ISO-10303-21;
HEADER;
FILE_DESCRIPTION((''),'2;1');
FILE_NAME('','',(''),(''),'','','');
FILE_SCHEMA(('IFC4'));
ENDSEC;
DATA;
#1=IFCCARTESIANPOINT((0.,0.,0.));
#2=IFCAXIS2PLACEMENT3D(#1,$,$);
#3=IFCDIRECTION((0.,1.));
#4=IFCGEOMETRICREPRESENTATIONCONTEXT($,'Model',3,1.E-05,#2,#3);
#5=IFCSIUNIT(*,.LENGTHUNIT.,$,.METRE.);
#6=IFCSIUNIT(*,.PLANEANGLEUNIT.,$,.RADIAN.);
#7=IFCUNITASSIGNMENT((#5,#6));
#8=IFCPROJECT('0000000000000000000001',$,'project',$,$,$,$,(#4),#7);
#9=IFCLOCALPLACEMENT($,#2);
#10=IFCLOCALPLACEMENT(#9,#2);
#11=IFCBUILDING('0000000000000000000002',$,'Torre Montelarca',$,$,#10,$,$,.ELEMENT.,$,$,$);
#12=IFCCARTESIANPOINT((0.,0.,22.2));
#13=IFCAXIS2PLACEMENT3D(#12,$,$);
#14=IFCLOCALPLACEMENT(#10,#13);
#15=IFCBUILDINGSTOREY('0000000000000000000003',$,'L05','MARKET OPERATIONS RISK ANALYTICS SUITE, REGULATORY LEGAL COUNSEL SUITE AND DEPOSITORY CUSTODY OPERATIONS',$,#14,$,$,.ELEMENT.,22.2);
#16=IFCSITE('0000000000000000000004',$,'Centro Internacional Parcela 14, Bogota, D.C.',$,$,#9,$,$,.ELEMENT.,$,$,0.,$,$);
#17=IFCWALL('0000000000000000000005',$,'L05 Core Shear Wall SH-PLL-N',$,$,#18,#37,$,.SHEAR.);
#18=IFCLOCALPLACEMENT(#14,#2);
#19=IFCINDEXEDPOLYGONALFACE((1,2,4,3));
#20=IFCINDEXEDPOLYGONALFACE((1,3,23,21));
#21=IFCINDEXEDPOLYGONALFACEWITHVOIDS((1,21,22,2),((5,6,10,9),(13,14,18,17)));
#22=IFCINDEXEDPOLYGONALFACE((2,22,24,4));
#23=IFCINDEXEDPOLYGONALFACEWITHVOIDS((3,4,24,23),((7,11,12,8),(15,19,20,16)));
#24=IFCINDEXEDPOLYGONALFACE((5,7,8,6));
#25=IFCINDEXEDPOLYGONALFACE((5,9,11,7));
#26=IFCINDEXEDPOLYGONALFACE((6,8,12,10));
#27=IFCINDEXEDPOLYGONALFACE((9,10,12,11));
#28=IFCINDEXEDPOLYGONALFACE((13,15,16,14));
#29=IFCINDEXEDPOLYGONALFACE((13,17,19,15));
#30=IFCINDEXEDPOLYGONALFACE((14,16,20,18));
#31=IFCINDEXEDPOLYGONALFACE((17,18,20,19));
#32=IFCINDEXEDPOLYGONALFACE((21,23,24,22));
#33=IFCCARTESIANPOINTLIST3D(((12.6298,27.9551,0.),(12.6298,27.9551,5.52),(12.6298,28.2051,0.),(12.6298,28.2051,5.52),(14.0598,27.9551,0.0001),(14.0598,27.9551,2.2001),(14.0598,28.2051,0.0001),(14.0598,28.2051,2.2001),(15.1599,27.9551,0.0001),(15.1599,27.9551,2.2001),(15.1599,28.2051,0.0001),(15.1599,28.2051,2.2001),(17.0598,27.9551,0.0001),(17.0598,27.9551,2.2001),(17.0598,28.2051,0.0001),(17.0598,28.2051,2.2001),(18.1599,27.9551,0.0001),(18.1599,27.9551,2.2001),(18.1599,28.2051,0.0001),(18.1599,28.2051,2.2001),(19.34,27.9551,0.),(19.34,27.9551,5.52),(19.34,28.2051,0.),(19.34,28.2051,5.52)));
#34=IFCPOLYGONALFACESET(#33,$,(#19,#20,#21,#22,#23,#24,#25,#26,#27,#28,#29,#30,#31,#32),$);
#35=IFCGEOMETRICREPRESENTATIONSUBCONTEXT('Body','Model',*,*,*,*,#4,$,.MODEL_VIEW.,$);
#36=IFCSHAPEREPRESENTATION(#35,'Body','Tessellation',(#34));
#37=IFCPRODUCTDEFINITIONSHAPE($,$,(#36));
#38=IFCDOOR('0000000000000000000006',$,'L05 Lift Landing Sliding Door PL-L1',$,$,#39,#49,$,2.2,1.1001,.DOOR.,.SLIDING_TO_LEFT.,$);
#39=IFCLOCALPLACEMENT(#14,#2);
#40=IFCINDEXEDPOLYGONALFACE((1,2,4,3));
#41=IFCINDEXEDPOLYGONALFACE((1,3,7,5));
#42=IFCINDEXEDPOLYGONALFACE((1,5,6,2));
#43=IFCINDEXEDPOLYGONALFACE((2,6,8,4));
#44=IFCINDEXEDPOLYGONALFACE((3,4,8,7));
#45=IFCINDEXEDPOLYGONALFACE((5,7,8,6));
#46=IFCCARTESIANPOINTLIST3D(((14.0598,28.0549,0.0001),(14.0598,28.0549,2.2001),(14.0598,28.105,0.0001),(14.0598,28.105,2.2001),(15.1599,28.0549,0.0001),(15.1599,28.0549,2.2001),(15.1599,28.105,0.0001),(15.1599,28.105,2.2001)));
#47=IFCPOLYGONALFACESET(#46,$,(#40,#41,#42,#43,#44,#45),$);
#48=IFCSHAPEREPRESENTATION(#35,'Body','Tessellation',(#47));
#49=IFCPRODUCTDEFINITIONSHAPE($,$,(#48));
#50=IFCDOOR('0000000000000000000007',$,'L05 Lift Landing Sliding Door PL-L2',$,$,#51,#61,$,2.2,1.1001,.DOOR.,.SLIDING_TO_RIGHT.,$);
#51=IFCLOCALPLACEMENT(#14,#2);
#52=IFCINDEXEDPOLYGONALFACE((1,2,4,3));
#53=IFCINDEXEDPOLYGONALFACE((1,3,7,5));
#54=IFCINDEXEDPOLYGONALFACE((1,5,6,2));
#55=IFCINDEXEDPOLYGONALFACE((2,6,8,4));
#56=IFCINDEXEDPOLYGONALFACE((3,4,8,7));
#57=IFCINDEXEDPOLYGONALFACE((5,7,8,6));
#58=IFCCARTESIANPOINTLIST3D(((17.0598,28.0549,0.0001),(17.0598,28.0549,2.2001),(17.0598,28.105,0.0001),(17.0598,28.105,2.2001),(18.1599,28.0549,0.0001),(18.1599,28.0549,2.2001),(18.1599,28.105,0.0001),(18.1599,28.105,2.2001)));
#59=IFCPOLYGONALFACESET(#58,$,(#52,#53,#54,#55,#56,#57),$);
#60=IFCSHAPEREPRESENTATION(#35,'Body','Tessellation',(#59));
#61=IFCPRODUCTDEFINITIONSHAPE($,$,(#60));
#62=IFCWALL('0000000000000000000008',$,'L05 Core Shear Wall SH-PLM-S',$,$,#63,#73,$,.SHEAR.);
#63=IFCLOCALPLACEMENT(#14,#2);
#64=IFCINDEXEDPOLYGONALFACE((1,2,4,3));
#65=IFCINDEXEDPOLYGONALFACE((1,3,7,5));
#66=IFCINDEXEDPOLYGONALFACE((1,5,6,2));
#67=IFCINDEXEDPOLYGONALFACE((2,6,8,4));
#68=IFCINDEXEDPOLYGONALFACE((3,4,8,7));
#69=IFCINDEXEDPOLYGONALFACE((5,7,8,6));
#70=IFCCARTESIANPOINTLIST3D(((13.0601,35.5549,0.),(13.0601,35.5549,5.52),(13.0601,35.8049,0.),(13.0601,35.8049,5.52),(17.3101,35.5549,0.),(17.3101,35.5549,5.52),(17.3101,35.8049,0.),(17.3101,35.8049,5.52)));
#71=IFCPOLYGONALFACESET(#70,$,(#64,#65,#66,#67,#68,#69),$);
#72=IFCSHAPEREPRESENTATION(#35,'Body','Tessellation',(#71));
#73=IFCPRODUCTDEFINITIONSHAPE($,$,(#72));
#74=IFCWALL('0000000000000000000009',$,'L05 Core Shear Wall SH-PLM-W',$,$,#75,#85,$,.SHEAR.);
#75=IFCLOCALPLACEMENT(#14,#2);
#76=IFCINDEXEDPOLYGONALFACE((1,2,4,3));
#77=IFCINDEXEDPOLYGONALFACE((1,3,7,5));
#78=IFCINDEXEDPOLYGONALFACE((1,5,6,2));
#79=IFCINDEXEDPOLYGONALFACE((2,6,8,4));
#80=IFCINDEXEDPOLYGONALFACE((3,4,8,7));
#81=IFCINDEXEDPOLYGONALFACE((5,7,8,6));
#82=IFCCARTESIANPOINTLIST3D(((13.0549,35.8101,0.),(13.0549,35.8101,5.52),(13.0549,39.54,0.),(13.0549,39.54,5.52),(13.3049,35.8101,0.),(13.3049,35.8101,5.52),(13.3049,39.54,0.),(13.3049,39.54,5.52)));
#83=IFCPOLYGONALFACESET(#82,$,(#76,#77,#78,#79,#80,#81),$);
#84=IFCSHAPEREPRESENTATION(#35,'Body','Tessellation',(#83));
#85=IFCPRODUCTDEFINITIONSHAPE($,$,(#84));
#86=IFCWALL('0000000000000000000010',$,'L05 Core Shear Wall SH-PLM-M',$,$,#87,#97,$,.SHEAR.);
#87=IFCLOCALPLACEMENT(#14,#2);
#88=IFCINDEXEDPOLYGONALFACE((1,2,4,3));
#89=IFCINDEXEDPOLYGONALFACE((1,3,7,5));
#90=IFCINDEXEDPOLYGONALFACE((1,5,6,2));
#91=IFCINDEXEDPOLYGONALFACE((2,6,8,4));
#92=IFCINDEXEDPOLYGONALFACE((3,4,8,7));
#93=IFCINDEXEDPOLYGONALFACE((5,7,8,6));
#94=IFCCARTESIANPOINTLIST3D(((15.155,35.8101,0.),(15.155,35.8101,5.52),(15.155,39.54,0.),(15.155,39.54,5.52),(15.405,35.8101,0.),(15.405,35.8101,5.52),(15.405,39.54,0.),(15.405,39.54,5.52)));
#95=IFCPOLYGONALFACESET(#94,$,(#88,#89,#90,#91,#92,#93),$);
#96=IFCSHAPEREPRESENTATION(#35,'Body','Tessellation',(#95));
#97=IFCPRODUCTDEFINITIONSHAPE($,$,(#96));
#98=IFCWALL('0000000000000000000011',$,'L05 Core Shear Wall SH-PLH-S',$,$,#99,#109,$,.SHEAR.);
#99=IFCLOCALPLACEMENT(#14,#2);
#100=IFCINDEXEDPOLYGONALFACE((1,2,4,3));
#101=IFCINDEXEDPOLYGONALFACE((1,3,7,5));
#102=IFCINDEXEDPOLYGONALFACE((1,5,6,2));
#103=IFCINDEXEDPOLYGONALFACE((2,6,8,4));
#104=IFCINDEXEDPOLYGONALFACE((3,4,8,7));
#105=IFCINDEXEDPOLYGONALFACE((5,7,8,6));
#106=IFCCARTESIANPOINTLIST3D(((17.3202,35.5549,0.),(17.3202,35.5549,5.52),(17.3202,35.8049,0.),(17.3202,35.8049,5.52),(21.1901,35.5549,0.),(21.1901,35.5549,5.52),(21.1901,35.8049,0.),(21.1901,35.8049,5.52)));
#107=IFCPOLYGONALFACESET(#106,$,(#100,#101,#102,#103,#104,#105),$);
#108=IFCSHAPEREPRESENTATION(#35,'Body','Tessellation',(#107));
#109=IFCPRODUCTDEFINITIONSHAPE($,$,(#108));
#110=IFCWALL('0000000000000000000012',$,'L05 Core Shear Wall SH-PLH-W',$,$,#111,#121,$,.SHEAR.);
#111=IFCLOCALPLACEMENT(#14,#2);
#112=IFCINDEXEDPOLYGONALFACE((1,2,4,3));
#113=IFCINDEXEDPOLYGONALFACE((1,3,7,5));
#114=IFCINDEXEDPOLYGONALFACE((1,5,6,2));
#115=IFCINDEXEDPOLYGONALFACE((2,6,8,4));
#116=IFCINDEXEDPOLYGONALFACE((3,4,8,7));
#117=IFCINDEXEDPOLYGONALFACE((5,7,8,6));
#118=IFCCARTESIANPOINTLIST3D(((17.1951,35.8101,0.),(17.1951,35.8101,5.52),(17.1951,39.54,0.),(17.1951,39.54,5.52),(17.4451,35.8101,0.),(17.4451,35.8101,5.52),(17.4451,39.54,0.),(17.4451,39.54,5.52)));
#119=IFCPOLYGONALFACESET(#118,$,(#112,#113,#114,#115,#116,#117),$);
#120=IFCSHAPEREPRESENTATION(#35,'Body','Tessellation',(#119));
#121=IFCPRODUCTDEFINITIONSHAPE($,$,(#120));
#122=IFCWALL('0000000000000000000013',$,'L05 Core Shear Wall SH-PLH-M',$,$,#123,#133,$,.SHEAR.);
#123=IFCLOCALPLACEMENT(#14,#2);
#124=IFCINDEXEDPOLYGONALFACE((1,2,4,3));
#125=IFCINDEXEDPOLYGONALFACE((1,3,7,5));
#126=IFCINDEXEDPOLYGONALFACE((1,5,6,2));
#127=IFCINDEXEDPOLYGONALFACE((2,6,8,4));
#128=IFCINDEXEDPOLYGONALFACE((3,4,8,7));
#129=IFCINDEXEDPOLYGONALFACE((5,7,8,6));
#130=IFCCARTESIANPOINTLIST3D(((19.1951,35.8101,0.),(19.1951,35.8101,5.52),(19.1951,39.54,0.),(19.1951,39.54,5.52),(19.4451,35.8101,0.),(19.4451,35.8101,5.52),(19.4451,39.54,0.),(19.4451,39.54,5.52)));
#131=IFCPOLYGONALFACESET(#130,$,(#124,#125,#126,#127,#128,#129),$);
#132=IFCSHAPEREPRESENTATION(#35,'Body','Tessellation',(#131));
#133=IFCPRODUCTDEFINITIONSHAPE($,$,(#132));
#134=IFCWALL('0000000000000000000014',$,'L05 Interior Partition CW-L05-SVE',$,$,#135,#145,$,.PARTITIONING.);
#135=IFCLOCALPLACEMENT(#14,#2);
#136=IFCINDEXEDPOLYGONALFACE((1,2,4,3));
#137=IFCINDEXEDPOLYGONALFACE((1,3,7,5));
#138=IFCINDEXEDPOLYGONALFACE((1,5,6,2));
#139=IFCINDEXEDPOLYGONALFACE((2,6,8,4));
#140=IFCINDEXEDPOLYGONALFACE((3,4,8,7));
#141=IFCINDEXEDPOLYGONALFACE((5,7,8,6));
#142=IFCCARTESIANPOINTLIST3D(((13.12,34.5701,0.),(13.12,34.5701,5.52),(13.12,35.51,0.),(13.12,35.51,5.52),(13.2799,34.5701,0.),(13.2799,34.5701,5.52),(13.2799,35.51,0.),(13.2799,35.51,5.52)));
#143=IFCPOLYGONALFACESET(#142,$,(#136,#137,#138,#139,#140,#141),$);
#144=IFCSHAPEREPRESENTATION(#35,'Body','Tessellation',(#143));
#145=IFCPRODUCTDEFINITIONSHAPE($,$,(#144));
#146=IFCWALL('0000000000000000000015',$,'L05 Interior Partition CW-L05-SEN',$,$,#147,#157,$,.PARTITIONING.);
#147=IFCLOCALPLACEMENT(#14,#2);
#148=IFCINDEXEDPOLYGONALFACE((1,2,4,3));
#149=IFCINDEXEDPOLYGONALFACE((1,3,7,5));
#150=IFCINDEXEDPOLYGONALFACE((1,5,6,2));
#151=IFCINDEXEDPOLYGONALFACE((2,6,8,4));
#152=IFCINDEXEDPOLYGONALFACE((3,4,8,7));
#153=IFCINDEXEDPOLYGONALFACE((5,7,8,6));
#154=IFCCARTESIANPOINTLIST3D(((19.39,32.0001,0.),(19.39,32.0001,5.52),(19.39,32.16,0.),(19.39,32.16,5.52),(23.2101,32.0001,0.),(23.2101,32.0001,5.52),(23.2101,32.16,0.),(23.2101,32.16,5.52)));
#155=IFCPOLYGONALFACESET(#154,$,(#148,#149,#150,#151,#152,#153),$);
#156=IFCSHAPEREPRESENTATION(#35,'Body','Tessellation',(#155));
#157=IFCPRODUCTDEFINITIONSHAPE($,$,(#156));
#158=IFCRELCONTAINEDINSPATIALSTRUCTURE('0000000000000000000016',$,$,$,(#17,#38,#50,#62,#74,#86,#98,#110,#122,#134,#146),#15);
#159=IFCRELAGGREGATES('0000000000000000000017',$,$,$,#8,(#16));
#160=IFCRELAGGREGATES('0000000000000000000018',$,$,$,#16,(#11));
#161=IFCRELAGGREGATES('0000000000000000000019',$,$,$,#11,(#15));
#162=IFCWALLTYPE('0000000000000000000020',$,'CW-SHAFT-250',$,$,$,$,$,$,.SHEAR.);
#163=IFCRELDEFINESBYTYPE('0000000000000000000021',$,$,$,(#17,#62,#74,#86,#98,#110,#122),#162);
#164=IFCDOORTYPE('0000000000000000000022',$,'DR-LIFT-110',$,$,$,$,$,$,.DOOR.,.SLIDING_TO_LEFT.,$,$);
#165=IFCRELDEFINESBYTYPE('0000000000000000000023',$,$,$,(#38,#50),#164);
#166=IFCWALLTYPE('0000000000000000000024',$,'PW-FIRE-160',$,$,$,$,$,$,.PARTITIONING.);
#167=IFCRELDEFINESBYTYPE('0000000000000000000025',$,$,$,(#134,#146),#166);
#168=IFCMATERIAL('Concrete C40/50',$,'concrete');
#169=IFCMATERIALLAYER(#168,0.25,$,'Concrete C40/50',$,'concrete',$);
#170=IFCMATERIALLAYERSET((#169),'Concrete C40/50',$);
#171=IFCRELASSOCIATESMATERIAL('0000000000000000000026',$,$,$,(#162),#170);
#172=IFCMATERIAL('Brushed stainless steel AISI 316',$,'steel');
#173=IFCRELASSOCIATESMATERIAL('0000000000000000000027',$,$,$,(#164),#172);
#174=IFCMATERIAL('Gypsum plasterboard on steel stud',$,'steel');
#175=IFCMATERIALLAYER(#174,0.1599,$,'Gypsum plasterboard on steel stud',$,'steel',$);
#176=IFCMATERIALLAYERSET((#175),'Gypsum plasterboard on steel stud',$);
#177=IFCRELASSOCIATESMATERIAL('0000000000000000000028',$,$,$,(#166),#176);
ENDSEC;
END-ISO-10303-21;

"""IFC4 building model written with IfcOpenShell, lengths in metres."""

from ifc_helpers import new_model, si_unit, direction, frame, frame_2d, origin, place, context, subcontext, project, spatial, rectangle, extrude, source, transform, mapped, material, layer, layer_set, type_object, element, fill, save


model = new_model("IFC4")

# Units and contexts
model_context = context("Model", 3, precision=1e-05, world=origin(), true_north=direction((0.0, 1.0)))
body_context = subcontext(model_context, "Body", "Model", "MODEL_VIEW")
ifc_project = project(units=[si_unit("LENGTHUNIT", "METRE"), si_unit("PLANEANGLEUNIT", "RADIAN")], contexts=[model_context])

# Site, building, storey
site_placement = place(None, origin())
site = spatial("IfcSite", under=ifc_project, at=site_placement, Name="Centro Internacional Parcela 14, Bogota, D.C.", CompositionType="ELEMENT", RefElevation=0.0)
building_placement = place(site_placement, origin())
building = spatial("IfcBuilding", under=site, at=building_placement, Name="Torre Montelarca", CompositionType="ELEMENT")
storey_placement = place(building_placement, frame((0.0, 0.0, 22.2)))
storey = spatial("IfcBuildingStorey", under=building, at=storey_placement, Name="L05", Description="MARKET OPERATIONS RISK ANALYTICS SUITE, REGULATORY LEGAL COUNSEL SUITE AND DEPOSITORY CUSTODY OPERATIONS", CompositionType="ELEMENT", Elevation=22.2)

# Shared definitions
ifc_material_1 = material(Name="Concrete C40/50", Category="concrete")
ifc_layer_1 = layer(ifc_material_1, 0.25, Name="Concrete C40/50", Category="concrete")
ifc_layer_set_1 = layer_set([ifc_layer_1], Name="Concrete C40/50")
wall_type_1 = type_object("IfcWallType", Name="CW-SHAFT-250", PredefinedType="SHEAR", material=ifc_layer_set_1)

# Shared definitions
ifc_material_2 = material(Name="Brushed stainless steel AISI 316", Category="steel")

# Wall, openings, doors
wall_1_placement = place(storey_placement, frame((12.6299, 28.0801, 0.0), z_axis=(0.0, 0.0, 1.0), x_axis=(1.0, 0.0, 0.0)))
wall_1 = element("IfcWall", 1, at=wall_1_placement, inside=storey, type_object=wall_type_1, Name="L05 Core Shear Wall SH-PLL-N", PredefinedType="SHEAR", context=body_context, shape_type="SweptSolid", body=[
    extrude(rectangle(XDim=6.7102, YDim=0.25, at=frame_2d((3.355, 0.0))), origin(), (0.0, 0.0, 1.0), 5.52),
])
opening_1_placement = place(wall_1_placement, frame((1.4299, 0.0, 0.0)))
opening_1 = element("IfcOpeningElement", 2, at=opening_1_placement, cuts=wall_1, PredefinedType="OPENING", context=body_context, shape_type="SweptSolid", body=[
    extrude(rectangle(XDim=1.1001, YDim=2.2, at=frame_2d((0.55, 1.1001))), frame((0.0, 0.135, 0.0), z_axis=(0.0, -1.0, 0.0), x_axis=(1.0, 0.0, 0.0)), (0.0, 0.0, 1.0), 0.27),
])
opening_2_placement = place(wall_1_placement, frame((4.4299, 0.0, 0.0)))
opening_2 = element("IfcOpeningElement", 3, at=opening_2_placement, cuts=wall_1, PredefinedType="OPENING", context=body_context, shape_type="SweptSolid", body=[
    extrude(rectangle(XDim=1.1001, YDim=2.2, at=frame_2d((0.55, 1.1001))), frame((0.0, 0.135, 0.0), z_axis=(0.0, -1.0, 0.0), x_axis=(1.0, 0.0, 0.0)), (0.0, 0.0, 1.0), 0.27),
])
door_type_1 = type_object("IfcDoorType", Name="DR-LIFT-110", OperationType="SLIDING_TO_LEFT", PredefinedType="DOOR", material=ifc_material_2)
shared_shape_1 = source(origin(), body_context, "Body", "SweptSolid", [
    extrude(rectangle(XDim=1.1001, YDim=2.2, at=frame_2d((0.55, 1.1001))), frame((0.0, 0.0249, 0.0), z_axis=(0.0, -1.0, 0.0), x_axis=(1.0, 0.0, 0.0)), (0.0, 0.0, 1.0), 0.05),
])
door_1_placement = place(opening_1_placement, origin())
door_1 = element("IfcDoor", 4, at=door_1_placement, inside=storey, type_object=door_type_1, Name="L05 Lift Landing Sliding Door PL-L1", OperationType="SLIDING_TO_LEFT", OverallHeight=2.2, OverallWidth=1.1001, PredefinedType="DOOR", context=body_context, shape_type="MappedRepresentation", body=[
    mapped(shared_shape_1, transform((0.0, 0.0, 0.0), scale=1.0)),
])
fill(opening_1, door_1)
door_2_placement = place(opening_2_placement, origin())
door_2 = element("IfcDoor", 5, at=door_2_placement, inside=storey, type_object=door_type_1, Name="L05 Lift Landing Sliding Door PL-L2", OperationType="SLIDING_TO_RIGHT", OverallHeight=2.2, OverallWidth=1.1001, PredefinedType="DOOR", context=body_context, shape_type="MappedRepresentation", body=[
    mapped(shared_shape_1, transform((0.0, 0.0, 0.0), scale=1.0)),
])
fill(opening_2, door_2)

# Walls
wall_2_placement = place(storey_placement, frame((13.0601, 35.6799, 0.0), z_axis=(0.0, 0.0, 1.0), x_axis=(1.0, 0.0, 0.0)))
element("IfcWall", 6, at=wall_2_placement, inside=storey, type_object=wall_type_1, Name="L05 Core Shear Wall SH-PLM-S", PredefinedType="SHEAR", context=body_context, shape_type="SweptSolid", body=[
    extrude(rectangle(XDim=4.25, YDim=0.25, at=frame_2d((2.125, 0.0))), origin(), (0.0, 0.0, 1.0), 5.52),
])
for number, where, z_axis, x_axis, name in (
    (7, (13.1799, 35.8101, 0.0), (0.0, 0.0, 1.0), (0.0, 1.0, 0.0), "L05 Core Shear Wall SH-PLM-W"),
    (8, (15.28, 35.8101, 0.0), (0.0, 0.0, 1.0), (0.0, 1.0, 0.0), "L05 Core Shear Wall SH-PLM-M"),
):
    element("IfcWall", number, at=place(storey_placement, frame(where, z_axis=z_axis, x_axis=x_axis)), inside=storey, type_object=wall_type_1, Name=name, PredefinedType="SHEAR", context=body_context, shape_type="SweptSolid", body=[
        extrude(rectangle(XDim=3.73, YDim=0.25, at=frame_2d((1.865, 0.0))), origin(), (0.0, 0.0, 1.0), 5.52),
    ])
wall_3_placement = place(storey_placement, frame((17.3201, 35.6799, 0.0), z_axis=(0.0, 0.0, 1.0), x_axis=(1.0, 0.0, 0.0)))
element("IfcWall", 9, at=wall_3_placement, inside=storey, type_object=wall_type_1, Name="L05 Core Shear Wall SH-PLH-S", PredefinedType="SHEAR", context=body_context, shape_type="SweptSolid", body=[
    extrude(rectangle(XDim=3.8699, YDim=0.25, at=frame_2d((1.9351, 0.0))), origin(), (0.0, 0.0, 1.0), 5.52),
])
for number, where, z_axis, x_axis, name in (
    (10, (17.3201, 35.8101, 0.0), (0.0, 0.0, 1.0), (0.0, 1.0, 0.0), "L05 Core Shear Wall SH-PLH-W"),
    (11, (19.3201, 35.8101, 0.0), (0.0, 0.0, 1.0), (0.0, 1.0, 0.0), "L05 Core Shear Wall SH-PLH-M"),
):
    element("IfcWall", number, at=place(storey_placement, frame(where, z_axis=z_axis, x_axis=x_axis)), inside=storey, type_object=wall_type_1, Name=name, PredefinedType="SHEAR", context=body_context, shape_type="SweptSolid", body=[
        extrude(rectangle(XDim=3.73, YDim=0.25, at=frame_2d((1.865, 0.0))), origin(), (0.0, 0.0, 1.0), 5.52),
    ])
ifc_material_3 = material(Name="Gypsum plasterboard on steel stud", Category="steel")
ifc_layer_2 = layer(ifc_material_3, 0.1599, Name="Gypsum plasterboard on steel stud", Category="steel")
ifc_layer_set_2 = layer_set([ifc_layer_2], Name="Gypsum plasterboard on steel stud")
wall_type_2 = type_object("IfcWallType", Name="PW-FIRE-160", PredefinedType="PARTITIONING", material=ifc_layer_set_2)
wall_4_placement = place(storey_placement, frame((13.2, 34.5701, 0.0), z_axis=(0.0, 0.0, 1.0), x_axis=(0.0, 1.0, 0.0)))
element("IfcWall", 12, at=wall_4_placement, inside=storey, type_object=wall_type_2, Name="L05 Interior Partition CW-L05-SVE", PredefinedType="PARTITIONING", context=body_context, shape_type="SweptSolid", body=[
    extrude(rectangle(XDim=0.9399, YDim=0.1599, at=frame_2d((0.47, 0.0))), origin(), (0.0, 0.0, 1.0), 5.52),
])
wall_5_placement = place(storey_placement, frame((19.3899, 32.0801, 0.0), z_axis=(0.0, 0.0, 1.0), x_axis=(1.0, 0.0, 0.0)))
element("IfcWall", 13, at=wall_5_placement, inside=storey, type_object=wall_type_2, Name="L05 Interior Partition CW-L05-SEN", PredefinedType="PARTITIONING", context=body_context, shape_type="SweptSolid", body=[
    extrude(rectangle(XDim=3.8201, YDim=0.1599, at=frame_2d((1.9102, 0.0))), origin(), (0.0, 0.0, 1.0), 5.52),
])

save(model, "model.ifc")
